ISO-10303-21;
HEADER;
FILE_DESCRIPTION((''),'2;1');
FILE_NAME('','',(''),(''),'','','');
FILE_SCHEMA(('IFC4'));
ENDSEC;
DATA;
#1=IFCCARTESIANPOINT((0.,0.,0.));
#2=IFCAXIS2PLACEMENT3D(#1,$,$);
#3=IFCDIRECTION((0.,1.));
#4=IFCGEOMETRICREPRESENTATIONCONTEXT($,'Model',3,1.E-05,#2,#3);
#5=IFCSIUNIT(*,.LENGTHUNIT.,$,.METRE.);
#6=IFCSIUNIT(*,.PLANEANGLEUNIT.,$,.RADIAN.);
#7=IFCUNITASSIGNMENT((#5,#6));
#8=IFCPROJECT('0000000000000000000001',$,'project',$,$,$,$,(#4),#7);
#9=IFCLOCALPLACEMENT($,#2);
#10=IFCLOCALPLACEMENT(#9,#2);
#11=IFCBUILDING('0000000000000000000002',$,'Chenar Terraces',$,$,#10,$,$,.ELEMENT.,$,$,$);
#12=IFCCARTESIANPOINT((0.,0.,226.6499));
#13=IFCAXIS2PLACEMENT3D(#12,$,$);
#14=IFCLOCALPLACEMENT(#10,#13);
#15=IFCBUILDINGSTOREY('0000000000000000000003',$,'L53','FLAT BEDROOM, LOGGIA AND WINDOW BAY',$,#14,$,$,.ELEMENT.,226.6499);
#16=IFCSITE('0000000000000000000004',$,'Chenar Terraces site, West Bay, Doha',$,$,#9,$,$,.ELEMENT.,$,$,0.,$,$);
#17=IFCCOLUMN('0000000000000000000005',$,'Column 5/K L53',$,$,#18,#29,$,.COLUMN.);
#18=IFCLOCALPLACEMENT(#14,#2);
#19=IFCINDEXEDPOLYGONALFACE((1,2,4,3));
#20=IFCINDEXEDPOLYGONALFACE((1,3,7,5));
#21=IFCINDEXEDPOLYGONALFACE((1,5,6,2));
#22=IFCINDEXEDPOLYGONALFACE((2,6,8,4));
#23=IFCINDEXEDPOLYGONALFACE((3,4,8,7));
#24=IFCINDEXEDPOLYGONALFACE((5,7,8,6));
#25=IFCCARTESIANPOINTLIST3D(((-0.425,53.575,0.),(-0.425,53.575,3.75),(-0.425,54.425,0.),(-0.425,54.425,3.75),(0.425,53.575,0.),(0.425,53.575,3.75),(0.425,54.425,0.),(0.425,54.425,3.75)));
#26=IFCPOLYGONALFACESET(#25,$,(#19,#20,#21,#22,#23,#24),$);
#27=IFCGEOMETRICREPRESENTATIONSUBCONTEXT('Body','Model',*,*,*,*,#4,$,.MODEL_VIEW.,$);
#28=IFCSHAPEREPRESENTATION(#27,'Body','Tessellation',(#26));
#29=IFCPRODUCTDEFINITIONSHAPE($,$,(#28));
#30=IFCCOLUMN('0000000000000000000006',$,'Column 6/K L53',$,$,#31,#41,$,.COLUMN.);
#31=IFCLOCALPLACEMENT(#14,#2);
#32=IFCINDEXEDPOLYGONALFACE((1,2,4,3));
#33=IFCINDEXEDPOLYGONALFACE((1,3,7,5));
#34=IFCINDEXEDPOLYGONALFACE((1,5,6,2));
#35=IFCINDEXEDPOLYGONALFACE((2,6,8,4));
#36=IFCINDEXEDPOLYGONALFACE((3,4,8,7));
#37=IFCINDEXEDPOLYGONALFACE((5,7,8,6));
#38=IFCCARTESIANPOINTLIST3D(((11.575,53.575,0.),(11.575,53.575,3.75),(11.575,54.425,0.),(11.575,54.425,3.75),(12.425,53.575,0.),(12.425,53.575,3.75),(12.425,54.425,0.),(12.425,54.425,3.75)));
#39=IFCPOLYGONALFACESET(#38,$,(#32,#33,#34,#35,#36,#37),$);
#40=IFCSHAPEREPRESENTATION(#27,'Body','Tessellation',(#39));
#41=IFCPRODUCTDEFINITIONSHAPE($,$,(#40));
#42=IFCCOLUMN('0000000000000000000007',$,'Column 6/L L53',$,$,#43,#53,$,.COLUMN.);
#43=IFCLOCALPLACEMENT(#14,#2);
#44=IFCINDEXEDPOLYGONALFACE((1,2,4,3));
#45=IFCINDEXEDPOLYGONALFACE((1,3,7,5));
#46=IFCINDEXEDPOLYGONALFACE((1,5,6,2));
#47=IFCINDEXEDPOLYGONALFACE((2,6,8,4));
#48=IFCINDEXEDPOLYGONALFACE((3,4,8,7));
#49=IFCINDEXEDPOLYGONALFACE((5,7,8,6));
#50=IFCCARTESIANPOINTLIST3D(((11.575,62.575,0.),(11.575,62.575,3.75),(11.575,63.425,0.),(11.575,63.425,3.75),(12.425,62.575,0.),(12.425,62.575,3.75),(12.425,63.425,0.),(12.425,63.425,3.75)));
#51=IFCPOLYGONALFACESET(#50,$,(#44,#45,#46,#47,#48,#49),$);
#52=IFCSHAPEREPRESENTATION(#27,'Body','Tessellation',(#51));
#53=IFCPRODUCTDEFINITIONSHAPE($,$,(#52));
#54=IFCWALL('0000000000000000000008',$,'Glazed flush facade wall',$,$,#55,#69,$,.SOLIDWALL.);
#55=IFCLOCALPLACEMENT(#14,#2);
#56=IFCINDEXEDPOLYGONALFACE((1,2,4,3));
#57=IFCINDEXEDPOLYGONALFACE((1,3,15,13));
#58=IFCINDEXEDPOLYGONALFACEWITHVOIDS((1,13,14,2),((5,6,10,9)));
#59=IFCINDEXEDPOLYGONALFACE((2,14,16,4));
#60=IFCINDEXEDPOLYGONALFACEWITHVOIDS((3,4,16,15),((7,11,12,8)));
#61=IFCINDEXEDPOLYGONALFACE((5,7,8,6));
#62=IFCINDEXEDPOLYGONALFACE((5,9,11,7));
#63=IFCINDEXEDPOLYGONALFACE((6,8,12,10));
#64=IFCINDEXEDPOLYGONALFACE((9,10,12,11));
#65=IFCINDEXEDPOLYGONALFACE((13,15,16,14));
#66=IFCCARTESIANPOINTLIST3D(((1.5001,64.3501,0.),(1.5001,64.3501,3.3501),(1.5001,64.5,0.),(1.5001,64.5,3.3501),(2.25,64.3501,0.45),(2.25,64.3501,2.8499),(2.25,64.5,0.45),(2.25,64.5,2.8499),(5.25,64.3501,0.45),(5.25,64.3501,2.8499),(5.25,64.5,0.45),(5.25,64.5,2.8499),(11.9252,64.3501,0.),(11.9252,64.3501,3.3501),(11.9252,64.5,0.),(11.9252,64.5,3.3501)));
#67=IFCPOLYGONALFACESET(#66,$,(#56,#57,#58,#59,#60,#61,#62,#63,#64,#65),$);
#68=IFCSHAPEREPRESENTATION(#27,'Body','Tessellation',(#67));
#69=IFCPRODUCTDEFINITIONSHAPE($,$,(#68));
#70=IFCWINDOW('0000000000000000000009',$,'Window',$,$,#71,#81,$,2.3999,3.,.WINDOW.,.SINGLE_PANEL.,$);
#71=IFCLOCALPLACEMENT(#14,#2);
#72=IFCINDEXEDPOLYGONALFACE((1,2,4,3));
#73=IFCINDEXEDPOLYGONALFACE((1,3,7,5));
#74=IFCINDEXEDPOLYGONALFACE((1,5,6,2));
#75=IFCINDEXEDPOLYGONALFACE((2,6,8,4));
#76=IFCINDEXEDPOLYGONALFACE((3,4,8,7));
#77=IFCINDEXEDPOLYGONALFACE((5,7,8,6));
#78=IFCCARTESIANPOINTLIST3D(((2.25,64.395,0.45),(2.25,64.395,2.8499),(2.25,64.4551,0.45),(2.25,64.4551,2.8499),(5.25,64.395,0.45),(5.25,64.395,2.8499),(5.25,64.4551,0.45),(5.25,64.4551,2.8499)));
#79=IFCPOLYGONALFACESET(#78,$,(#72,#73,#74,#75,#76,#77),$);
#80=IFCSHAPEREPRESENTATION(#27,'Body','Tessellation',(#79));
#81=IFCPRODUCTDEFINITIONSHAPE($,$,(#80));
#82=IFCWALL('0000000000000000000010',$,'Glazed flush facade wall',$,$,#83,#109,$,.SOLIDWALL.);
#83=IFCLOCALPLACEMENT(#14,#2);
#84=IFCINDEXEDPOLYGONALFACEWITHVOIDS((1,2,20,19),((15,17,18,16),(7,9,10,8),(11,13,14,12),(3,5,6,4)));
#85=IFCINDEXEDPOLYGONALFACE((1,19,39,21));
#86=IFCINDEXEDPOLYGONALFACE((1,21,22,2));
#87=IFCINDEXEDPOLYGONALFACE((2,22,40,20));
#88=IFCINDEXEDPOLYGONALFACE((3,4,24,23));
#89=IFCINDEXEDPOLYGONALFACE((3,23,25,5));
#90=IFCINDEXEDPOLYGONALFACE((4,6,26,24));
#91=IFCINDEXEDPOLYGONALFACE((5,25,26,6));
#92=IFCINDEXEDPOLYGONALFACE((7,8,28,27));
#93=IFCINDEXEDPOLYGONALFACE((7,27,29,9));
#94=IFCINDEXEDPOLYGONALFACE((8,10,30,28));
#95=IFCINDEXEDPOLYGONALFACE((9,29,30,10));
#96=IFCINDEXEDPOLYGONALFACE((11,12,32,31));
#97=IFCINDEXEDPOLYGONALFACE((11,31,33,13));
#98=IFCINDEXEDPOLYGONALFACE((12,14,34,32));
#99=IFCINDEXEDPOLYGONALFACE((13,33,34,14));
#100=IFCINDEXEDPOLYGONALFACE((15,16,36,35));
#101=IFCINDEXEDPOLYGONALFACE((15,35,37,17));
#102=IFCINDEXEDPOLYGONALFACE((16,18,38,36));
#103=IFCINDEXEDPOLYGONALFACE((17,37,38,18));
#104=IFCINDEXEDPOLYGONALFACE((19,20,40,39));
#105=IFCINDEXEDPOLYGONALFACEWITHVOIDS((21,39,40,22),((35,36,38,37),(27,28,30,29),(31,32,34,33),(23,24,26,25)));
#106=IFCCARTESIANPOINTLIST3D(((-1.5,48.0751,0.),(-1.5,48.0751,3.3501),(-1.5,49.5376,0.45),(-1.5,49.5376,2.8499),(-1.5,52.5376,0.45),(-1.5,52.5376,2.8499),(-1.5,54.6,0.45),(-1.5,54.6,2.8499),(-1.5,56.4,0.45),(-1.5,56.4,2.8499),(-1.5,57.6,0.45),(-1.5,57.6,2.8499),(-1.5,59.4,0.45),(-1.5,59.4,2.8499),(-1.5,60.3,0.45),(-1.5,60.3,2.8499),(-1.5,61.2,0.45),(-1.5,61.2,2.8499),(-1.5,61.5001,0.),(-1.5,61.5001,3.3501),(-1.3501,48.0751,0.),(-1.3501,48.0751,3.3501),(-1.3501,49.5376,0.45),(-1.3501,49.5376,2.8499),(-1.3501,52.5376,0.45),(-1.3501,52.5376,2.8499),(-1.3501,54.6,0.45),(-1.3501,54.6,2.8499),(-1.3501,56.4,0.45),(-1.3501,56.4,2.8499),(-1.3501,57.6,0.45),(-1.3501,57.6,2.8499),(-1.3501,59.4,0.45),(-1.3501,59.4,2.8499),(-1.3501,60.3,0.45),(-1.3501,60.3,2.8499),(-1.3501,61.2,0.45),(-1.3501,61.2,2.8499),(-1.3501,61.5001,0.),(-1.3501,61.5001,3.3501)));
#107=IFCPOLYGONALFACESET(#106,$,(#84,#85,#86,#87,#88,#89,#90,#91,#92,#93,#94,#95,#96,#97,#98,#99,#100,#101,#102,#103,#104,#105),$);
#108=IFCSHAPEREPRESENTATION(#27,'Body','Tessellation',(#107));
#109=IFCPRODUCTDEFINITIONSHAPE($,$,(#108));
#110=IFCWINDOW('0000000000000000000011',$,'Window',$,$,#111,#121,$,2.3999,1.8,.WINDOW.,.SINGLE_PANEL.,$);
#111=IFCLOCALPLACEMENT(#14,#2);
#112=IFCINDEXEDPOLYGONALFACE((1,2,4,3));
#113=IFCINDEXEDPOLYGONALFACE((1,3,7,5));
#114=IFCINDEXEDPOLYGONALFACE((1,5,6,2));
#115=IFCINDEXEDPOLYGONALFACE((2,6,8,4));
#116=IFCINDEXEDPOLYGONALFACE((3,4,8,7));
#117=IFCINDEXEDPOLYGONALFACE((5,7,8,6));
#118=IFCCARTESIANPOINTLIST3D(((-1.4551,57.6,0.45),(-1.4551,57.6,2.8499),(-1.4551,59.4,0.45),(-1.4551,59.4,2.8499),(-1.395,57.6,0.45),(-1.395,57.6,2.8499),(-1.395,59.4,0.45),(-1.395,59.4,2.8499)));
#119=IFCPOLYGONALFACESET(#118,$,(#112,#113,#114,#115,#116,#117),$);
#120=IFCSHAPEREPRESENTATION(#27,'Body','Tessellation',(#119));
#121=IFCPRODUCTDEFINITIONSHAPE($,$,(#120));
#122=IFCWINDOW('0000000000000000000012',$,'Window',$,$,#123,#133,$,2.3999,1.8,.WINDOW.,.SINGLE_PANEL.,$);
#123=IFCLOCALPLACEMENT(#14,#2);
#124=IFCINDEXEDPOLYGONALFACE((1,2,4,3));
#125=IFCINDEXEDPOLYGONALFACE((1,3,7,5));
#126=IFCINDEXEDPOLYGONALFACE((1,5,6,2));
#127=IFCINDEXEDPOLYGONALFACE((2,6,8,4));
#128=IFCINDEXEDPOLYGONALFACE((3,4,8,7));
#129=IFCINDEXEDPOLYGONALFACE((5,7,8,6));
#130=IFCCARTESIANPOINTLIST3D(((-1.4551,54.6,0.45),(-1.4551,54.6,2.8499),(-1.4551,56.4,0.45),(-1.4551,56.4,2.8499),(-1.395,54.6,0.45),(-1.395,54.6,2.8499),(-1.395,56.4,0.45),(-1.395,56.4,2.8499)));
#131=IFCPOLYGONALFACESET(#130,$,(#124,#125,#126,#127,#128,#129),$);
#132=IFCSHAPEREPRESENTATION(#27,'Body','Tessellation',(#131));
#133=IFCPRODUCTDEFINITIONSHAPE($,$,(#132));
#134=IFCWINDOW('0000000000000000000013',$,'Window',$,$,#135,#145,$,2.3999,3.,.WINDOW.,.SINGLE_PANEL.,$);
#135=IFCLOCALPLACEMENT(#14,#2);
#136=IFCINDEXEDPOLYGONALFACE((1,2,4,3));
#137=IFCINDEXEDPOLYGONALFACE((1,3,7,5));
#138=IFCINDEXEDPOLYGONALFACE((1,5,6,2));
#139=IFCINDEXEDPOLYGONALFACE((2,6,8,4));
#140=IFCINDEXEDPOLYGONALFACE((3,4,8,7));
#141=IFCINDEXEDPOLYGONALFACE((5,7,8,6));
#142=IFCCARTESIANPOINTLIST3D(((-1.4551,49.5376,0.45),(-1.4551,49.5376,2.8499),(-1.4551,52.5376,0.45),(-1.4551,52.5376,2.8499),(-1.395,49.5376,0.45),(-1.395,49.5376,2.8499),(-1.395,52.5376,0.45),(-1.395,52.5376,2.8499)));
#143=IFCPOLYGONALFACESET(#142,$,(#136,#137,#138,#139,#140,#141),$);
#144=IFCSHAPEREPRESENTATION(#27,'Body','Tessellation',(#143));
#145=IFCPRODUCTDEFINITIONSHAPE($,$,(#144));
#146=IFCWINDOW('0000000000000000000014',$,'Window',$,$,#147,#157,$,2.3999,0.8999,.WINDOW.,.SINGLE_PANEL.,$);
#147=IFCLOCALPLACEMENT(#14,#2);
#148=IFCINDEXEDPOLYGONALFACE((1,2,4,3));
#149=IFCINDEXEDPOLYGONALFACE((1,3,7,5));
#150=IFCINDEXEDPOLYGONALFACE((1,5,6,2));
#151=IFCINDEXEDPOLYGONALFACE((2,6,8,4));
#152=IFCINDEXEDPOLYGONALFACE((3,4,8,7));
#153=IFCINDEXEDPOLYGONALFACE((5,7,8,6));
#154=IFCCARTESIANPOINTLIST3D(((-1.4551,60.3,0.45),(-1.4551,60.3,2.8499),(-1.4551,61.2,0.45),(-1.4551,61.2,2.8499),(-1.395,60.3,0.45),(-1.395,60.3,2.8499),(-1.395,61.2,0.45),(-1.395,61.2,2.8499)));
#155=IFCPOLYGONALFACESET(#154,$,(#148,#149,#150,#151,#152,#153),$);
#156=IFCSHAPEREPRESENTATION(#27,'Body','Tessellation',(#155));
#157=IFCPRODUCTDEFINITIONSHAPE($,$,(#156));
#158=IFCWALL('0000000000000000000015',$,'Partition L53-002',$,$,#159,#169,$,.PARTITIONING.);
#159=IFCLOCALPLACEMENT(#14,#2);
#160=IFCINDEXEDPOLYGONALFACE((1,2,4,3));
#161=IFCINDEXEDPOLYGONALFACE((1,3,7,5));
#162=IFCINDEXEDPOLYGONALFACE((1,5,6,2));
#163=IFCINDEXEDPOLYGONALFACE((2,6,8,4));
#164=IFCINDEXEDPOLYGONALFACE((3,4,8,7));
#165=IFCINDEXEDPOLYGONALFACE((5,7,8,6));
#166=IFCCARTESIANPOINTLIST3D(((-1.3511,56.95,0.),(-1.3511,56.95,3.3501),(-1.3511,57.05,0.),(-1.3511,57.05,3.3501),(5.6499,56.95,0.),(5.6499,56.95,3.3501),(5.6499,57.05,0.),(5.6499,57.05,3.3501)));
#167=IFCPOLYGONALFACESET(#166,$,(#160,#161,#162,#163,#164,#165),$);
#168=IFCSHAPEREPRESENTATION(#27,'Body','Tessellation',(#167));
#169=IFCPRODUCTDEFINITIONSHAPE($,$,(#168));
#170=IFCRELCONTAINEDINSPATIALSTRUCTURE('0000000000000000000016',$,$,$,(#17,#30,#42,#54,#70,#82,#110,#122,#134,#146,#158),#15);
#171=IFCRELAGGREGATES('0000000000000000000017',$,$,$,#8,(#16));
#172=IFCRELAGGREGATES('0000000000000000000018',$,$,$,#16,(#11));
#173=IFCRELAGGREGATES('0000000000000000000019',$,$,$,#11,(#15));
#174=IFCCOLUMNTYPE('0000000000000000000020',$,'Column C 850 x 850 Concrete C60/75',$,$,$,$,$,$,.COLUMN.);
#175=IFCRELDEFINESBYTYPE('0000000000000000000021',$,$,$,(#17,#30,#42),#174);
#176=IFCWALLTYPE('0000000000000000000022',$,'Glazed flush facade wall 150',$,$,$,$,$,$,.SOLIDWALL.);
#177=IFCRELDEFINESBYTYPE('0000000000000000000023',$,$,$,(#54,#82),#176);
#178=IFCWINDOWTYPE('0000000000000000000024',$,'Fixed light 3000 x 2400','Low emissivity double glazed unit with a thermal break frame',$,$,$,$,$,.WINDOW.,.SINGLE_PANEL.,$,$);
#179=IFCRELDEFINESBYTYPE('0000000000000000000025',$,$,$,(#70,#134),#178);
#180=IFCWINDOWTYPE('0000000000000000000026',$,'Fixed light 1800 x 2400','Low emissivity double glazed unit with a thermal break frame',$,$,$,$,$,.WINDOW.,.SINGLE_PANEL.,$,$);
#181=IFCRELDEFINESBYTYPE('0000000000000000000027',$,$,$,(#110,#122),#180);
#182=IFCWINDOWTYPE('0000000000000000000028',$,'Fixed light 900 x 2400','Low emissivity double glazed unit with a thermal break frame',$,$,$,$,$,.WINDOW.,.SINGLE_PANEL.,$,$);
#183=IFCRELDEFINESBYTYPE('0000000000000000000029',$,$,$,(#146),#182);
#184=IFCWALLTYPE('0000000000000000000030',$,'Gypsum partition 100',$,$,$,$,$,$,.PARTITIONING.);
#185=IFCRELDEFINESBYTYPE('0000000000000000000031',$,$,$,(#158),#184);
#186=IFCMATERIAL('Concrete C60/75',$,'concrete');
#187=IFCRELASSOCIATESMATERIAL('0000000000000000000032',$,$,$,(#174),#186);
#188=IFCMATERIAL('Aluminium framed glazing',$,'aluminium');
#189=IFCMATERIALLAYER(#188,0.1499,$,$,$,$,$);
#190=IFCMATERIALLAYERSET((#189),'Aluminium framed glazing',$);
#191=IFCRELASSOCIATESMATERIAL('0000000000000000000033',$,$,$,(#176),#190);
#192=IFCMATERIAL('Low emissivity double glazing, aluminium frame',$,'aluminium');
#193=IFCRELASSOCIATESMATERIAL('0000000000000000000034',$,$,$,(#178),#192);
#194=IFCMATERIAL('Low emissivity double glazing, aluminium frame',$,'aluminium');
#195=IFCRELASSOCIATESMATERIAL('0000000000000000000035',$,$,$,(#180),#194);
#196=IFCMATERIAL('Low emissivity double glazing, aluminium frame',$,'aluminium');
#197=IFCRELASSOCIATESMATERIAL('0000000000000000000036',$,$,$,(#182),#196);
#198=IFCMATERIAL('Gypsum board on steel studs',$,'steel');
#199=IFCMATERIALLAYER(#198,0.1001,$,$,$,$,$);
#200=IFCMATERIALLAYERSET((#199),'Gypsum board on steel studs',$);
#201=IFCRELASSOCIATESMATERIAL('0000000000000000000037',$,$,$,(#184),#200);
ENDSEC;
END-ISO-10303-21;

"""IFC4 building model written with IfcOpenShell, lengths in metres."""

from ifc_helpers import new_model, si_unit, direction, frame, frame_2d, origin, origin_2d, place, context, subcontext, project, spatial, rectangle, extrude, material, layer, layer_set, material_profile, profile_set, type_object, element, fill, save


model = new_model("IFC4")

# Units and contexts
model_context = context("Model", 3, precision=1e-05, world=origin(), true_north=direction((0.0, 1.0)))
body_context = subcontext(model_context, "Body", "Model", "MODEL_VIEW")
ifc_project = project(units=[si_unit("LENGTHUNIT", "METRE"), si_unit("PLANEANGLEUNIT", "RADIAN")], contexts=[model_context])

# Site, building, storey
site_placement = place(None, origin())
site = spatial("IfcSite", under=ifc_project, at=site_placement, Name="Chenar Terraces site, West Bay, Doha", CompositionType="ELEMENT", RefElevation=0.0)
building_placement = place(site_placement, origin())
building = spatial("IfcBuilding", under=site, at=building_placement, Name="Chenar Terraces", CompositionType="ELEMENT")
storey_placement = place(building_placement, frame((0.0, 0.0, 226.6499)))
storey = spatial("IfcBuildingStorey", under=building, at=storey_placement, Name="L53", Description="FLAT BEDROOM, LOGGIA AND WINDOW BAY", CompositionType="ELEMENT", Elevation=226.6499)

# Columns
ifc_material_1 = material(Name="Concrete C60/75", Category="concrete")
ifc_material_profile_1 = material_profile(ifc_material_1, rectangle(XDim=0.8501, YDim=0.8501, at=origin_2d()), Name="C 850 x 850")
ifc_profile_set_1 = profile_set([ifc_material_profile_1], Name="Concrete C60/75")
column_type = type_object("IfcColumnType", Name="Column C 850 x 850 Concrete C60/75", PredefinedType="COLUMN", material=ifc_profile_set_1)
placement = place(storey_placement, frame((0.0, 54.0, 0.0), z_axis=(0.0, 0.0, 1.0), x_axis=(1.0, 0.0, 0.0)))
element("IfcColumn", 1, at=placement, inside=storey, type_object=column_type, Name="Column 5/K L53", PredefinedType="COLUMN", context=body_context, shape_type="SweptSolid", body=[
    extrude(rectangle(XDim=0.8501, YDim=0.8501, at=origin_2d()), origin(), (0.0, 0.0, 1.0), 3.75),
])
for number, where, z_axis, x_axis, name in (
    (2, (12.0, 54.0, 0.0), (0.0, 0.0, 1.0), (1.0, 0.0, 0.0), "Column 6/K L53"),
    (3, (12.0, 63.0, 0.0), (0.0, 0.0, 1.0), (1.0, 0.0, 0.0), "Column 6/L L53"),
):
    element("IfcColumn", number, at=place(storey_placement, frame(where, z_axis=z_axis, x_axis=x_axis)), inside=storey, type_object=column_type, Name=name, PredefinedType="COLUMN", context=body_context, shape_type="SweptSolid", body=[
        extrude(rectangle(XDim=0.8501, YDim=0.8501, at=origin_2d()), origin(), (0.0, 0.0, 1.0), 3.75),
    ])

# Wall, opening, window
ifc_material_2 = material(Name="Aluminium framed glazing", Category="aluminium")
ifc_layer_1 = layer(ifc_material_2, 0.1499)
ifc_layer_set_1 = layer_set([ifc_layer_1], Name="Aluminium framed glazing")
wall_type_1 = type_object("IfcWallType", Name="Glazed flush facade wall 150", PredefinedType="SOLIDWALL", material=ifc_layer_set_1)
wall_1_placement = place(storey_placement, frame((11.925, 64.425, 0.0), z_axis=(0.0, 0.0, 1.0), x_axis=(-1.0, 0.0, 0.0)))
wall_1 = element("IfcWall", 4, at=wall_1_placement, inside=storey, type_object=wall_type_1, Name="Glazed flush facade wall", PredefinedType="SOLIDWALL", context=body_context, shape_type="SweptSolid", body=[
    extrude(rectangle(XDim=10.425, YDim=0.1499, at=frame_2d((5.2124, 0.0))), origin(), (0.0, 0.0, 1.0), 3.3501),
])
opening_1_placement = place(wall_1_placement, frame((6.675, 0.0, 0.45)))
opening_1 = element("IfcOpeningElement", 5, at=opening_1_placement, cuts=wall_1, PredefinedType="OPENING", context=body_context, shape_type="SweptSolid", body=[
    extrude(rectangle(XDim=3.0, YDim=2.3999, at=frame_2d((1.5, 1.2))), frame((0.0, 0.085, 0.0), z_axis=(0.0, -1.0, 0.0), x_axis=(1.0, 0.0, 0.0)), (0.0, 0.0, 1.0), 0.1699),
])
ifc_material_3 = material(Name="Low emissivity double glazing, aluminium frame", Category="aluminium")
window_type_1 = type_object("IfcWindowType", Name="Fixed light 3000 x 2400", Description="Low emissivity double glazed unit with a thermal break frame", PartitioningType="SINGLE_PANEL", PredefinedType="WINDOW", material=ifc_material_3)
window_1_placement = place(opening_1_placement, origin())
window_1 = element("IfcWindow", 6, at=window_1_placement, inside=storey, type_object=window_type_1, Name="Window", OverallHeight=2.3999, OverallWidth=3.0, PartitioningType="SINGLE_PANEL", PredefinedType="WINDOW", context=body_context, shape_type="SweptSolid", body=[
    extrude(rectangle(XDim=3.0, YDim=2.3999, at=frame_2d((1.5, 1.2))), frame((0.0, 0.03, 0.0), z_axis=(0.0, -1.0, 0.0), x_axis=(1.0, 0.0, 0.0)), (0.0, 0.0, 1.0), 0.0601),
])
fill(opening_1, window_1)

# Wall, openings, windows
wall_2_placement = place(storey_placement, frame((-1.425, 61.5, 0.0), z_axis=(0.0, 0.0, 1.0), x_axis=(0.0, -1.0, 0.0)))
wall_2 = element("IfcWall", 7, at=wall_2_placement, inside=storey, type_object=wall_type_1, Name="Glazed flush facade wall", PredefinedType="SOLIDWALL", context=body_context, shape_type="SweptSolid", body=[
    extrude(rectangle(XDim=13.425, YDim=0.1499, at=frame_2d((6.7124, 0.0))), origin(), (0.0, 0.0, 1.0), 3.3501),
])
opening_2_placement = place(wall_2_placement, frame((0.3, 0.0, 0.45)))
opening_2 = element("IfcOpeningElement", 8, at=opening_2_placement, cuts=wall_2, PredefinedType="OPENING", context=body_context, shape_type="SweptSolid", body=[
    extrude(rectangle(XDim=0.8999, YDim=2.3999, at=frame_2d((0.45, 1.2))), frame((0.0, 0.085, 0.0), z_axis=(0.0, -1.0, 0.0), x_axis=(1.0, 0.0, 0.0)), (0.0, 0.0, 1.0), 0.1699),
])
opening_3_placement = place(wall_2_placement, frame((2.1001, 0.0, 0.45)))
opening_3 = element("IfcOpeningElement", 9, at=opening_3_placement, cuts=wall_2, PredefinedType="OPENING", context=body_context, shape_type="SweptSolid", body=[
    extrude(rectangle(XDim=1.8, YDim=2.3999, at=frame_2d((0.8999, 1.2))), frame((0.0, 0.085, 0.0), z_axis=(0.0, -1.0, 0.0), x_axis=(1.0, 0.0, 0.0)), (0.0, 0.0, 1.0), 0.1699),
])
opening_4_placement = place(wall_2_placement, frame((5.1001, 0.0, 0.45)))
opening_4 = element("IfcOpeningElement", 10, at=opening_4_placement, cuts=wall_2, PredefinedType="OPENING", context=body_context, shape_type="SweptSolid", body=[
    extrude(rectangle(XDim=1.8, YDim=2.3999, at=frame_2d((0.8999, 1.2))), frame((0.0, 0.085, 0.0), z_axis=(0.0, -1.0, 0.0), x_axis=(1.0, 0.0, 0.0)), (0.0, 0.0, 1.0), 0.1699),
])
opening_5_placement = place(wall_2_placement, frame((8.9624, 0.0, 0.45)))
opening_5 = element("IfcOpeningElement", 11, at=opening_5_placement, cuts=wall_2, PredefinedType="OPENING", context=body_context, shape_type="SweptSolid", body=[
    extrude(rectangle(XDim=3.0, YDim=2.3999, at=frame_2d((1.5, 1.2))), frame((0.0, 0.085, 0.0), z_axis=(0.0, -1.0, 0.0), x_axis=(1.0, 0.0, 0.0)), (0.0, 0.0, 1.0), 0.1699),
])
ifc_material_4 = material(Name="Low emissivity double glazing, aluminium frame", Category="aluminium")
window_type_2 = type_object("IfcWindowType", Name="Fixed light 1800 x 2400", Description="Low emissivity double glazed unit with a thermal break frame", PartitioningType="SINGLE_PANEL", PredefinedType="WINDOW", material=ifc_material_4)
window_2_placement = place(opening_3_placement, origin())
window_2 = element("IfcWindow", 12, at=window_2_placement, inside=storey, type_object=window_type_2, Name="Window", OverallHeight=2.3999, OverallWidth=1.8, PartitioningType="SINGLE_PANEL", PredefinedType="WINDOW", context=body_context, shape_type="SweptSolid", body=[
    extrude(rectangle(XDim=1.8, YDim=2.3999, at=frame_2d((0.8999, 1.2))), frame((0.0, 0.03, 0.0), z_axis=(0.0, -1.0, 0.0), x_axis=(1.0, 0.0, 0.0)), (0.0, 0.0, 1.0), 0.0601),
])
fill(opening_3, window_2)
window_3_placement = place(opening_4_placement, origin())
window_3 = element("IfcWindow", 13, at=window_3_placement, inside=storey, type_object=window_type_2, Name="Window", OverallHeight=2.3999, OverallWidth=1.8, PartitioningType="SINGLE_PANEL", PredefinedType="WINDOW", context=body_context, shape_type="SweptSolid", body=[
    extrude(rectangle(XDim=1.8, YDim=2.3999, at=frame_2d((0.8999, 1.2))), frame((0.0, 0.03, 0.0), z_axis=(0.0, -1.0, 0.0), x_axis=(1.0, 0.0, 0.0)), (0.0, 0.0, 1.0), 0.0601),
])
fill(opening_4, window_3)
window_4_placement = place(opening_5_placement, origin())
window_4 = element("IfcWindow", 14, at=window_4_placement, inside=storey, type_object=window_type_1, Name="Window", OverallHeight=2.3999, OverallWidth=3.0, PartitioningType="SINGLE_PANEL", PredefinedType="WINDOW", context=body_context, shape_type="SweptSolid", body=[
    extrude(rectangle(XDim=3.0, YDim=2.3999, at=frame_2d((1.5, 1.2))), frame((0.0, 0.03, 0.0), z_axis=(0.0, -1.0, 0.0), x_axis=(1.0, 0.0, 0.0)), (0.0, 0.0, 1.0), 0.0601),
])
fill(opening_5, window_4)
ifc_material_5 = material(Name="Low emissivity double glazing, aluminium frame", Category="aluminium")
window_type_3 = type_object("IfcWindowType", Name="Fixed light 900 x 2400", Description="Low emissivity double glazed unit with a thermal break frame", PartitioningType="SINGLE_PANEL", PredefinedType="WINDOW", material=ifc_material_5)
window_5_placement = place(opening_2_placement, origin())
window_5 = element("IfcWindow", 15, at=window_5_placement, inside=storey, type_object=window_type_3, Name="Window", OverallHeight=2.3999, OverallWidth=0.8999, PartitioningType="SINGLE_PANEL", PredefinedType="WINDOW", context=body_context, shape_type="SweptSolid", body=[
    extrude(rectangle(XDim=0.8999, YDim=2.3999, at=frame_2d((0.45, 1.2))), frame((0.0, 0.03, 0.0), z_axis=(0.0, -1.0, 0.0), x_axis=(1.0, 0.0, 0.0)), (0.0, 0.0, 1.0), 0.0601),
])
fill(opening_2, window_5)

# Wall
ifc_material_6 = material(Name="Gypsum board on steel studs", Category="steel")
ifc_layer_2 = layer(ifc_material_6, 0.1001)
ifc_layer_set_2 = layer_set([ifc_layer_2], Name="Gypsum board on steel studs")
wall_type_2 = type_object("IfcWallType", Name="Gypsum partition 100", PredefinedType="PARTITIONING", material=ifc_layer_set_2)
for number, where, z_axis, x_axis, name in (
    (16, (-1.3511, 57.0, 0.0), (0.0, 0.0, 1.0), (1.0, 0.0, 0.0), "Partition L53-002"),
):
    element("IfcWall", number, at=place(storey_placement, frame(where, z_axis=z_axis, x_axis=x_axis)), inside=storey, type_object=wall_type_2, Name=name, PredefinedType="PARTITIONING", context=body_context, shape_type="SweptSolid", body=[
        extrude(rectangle(XDim=7.001, YDim=0.1001, at=frame_2d((3.5005, 0.0))), origin(), (0.0, 0.0, 1.0), 3.3501),
    ])

save(model, "model.ifc")
